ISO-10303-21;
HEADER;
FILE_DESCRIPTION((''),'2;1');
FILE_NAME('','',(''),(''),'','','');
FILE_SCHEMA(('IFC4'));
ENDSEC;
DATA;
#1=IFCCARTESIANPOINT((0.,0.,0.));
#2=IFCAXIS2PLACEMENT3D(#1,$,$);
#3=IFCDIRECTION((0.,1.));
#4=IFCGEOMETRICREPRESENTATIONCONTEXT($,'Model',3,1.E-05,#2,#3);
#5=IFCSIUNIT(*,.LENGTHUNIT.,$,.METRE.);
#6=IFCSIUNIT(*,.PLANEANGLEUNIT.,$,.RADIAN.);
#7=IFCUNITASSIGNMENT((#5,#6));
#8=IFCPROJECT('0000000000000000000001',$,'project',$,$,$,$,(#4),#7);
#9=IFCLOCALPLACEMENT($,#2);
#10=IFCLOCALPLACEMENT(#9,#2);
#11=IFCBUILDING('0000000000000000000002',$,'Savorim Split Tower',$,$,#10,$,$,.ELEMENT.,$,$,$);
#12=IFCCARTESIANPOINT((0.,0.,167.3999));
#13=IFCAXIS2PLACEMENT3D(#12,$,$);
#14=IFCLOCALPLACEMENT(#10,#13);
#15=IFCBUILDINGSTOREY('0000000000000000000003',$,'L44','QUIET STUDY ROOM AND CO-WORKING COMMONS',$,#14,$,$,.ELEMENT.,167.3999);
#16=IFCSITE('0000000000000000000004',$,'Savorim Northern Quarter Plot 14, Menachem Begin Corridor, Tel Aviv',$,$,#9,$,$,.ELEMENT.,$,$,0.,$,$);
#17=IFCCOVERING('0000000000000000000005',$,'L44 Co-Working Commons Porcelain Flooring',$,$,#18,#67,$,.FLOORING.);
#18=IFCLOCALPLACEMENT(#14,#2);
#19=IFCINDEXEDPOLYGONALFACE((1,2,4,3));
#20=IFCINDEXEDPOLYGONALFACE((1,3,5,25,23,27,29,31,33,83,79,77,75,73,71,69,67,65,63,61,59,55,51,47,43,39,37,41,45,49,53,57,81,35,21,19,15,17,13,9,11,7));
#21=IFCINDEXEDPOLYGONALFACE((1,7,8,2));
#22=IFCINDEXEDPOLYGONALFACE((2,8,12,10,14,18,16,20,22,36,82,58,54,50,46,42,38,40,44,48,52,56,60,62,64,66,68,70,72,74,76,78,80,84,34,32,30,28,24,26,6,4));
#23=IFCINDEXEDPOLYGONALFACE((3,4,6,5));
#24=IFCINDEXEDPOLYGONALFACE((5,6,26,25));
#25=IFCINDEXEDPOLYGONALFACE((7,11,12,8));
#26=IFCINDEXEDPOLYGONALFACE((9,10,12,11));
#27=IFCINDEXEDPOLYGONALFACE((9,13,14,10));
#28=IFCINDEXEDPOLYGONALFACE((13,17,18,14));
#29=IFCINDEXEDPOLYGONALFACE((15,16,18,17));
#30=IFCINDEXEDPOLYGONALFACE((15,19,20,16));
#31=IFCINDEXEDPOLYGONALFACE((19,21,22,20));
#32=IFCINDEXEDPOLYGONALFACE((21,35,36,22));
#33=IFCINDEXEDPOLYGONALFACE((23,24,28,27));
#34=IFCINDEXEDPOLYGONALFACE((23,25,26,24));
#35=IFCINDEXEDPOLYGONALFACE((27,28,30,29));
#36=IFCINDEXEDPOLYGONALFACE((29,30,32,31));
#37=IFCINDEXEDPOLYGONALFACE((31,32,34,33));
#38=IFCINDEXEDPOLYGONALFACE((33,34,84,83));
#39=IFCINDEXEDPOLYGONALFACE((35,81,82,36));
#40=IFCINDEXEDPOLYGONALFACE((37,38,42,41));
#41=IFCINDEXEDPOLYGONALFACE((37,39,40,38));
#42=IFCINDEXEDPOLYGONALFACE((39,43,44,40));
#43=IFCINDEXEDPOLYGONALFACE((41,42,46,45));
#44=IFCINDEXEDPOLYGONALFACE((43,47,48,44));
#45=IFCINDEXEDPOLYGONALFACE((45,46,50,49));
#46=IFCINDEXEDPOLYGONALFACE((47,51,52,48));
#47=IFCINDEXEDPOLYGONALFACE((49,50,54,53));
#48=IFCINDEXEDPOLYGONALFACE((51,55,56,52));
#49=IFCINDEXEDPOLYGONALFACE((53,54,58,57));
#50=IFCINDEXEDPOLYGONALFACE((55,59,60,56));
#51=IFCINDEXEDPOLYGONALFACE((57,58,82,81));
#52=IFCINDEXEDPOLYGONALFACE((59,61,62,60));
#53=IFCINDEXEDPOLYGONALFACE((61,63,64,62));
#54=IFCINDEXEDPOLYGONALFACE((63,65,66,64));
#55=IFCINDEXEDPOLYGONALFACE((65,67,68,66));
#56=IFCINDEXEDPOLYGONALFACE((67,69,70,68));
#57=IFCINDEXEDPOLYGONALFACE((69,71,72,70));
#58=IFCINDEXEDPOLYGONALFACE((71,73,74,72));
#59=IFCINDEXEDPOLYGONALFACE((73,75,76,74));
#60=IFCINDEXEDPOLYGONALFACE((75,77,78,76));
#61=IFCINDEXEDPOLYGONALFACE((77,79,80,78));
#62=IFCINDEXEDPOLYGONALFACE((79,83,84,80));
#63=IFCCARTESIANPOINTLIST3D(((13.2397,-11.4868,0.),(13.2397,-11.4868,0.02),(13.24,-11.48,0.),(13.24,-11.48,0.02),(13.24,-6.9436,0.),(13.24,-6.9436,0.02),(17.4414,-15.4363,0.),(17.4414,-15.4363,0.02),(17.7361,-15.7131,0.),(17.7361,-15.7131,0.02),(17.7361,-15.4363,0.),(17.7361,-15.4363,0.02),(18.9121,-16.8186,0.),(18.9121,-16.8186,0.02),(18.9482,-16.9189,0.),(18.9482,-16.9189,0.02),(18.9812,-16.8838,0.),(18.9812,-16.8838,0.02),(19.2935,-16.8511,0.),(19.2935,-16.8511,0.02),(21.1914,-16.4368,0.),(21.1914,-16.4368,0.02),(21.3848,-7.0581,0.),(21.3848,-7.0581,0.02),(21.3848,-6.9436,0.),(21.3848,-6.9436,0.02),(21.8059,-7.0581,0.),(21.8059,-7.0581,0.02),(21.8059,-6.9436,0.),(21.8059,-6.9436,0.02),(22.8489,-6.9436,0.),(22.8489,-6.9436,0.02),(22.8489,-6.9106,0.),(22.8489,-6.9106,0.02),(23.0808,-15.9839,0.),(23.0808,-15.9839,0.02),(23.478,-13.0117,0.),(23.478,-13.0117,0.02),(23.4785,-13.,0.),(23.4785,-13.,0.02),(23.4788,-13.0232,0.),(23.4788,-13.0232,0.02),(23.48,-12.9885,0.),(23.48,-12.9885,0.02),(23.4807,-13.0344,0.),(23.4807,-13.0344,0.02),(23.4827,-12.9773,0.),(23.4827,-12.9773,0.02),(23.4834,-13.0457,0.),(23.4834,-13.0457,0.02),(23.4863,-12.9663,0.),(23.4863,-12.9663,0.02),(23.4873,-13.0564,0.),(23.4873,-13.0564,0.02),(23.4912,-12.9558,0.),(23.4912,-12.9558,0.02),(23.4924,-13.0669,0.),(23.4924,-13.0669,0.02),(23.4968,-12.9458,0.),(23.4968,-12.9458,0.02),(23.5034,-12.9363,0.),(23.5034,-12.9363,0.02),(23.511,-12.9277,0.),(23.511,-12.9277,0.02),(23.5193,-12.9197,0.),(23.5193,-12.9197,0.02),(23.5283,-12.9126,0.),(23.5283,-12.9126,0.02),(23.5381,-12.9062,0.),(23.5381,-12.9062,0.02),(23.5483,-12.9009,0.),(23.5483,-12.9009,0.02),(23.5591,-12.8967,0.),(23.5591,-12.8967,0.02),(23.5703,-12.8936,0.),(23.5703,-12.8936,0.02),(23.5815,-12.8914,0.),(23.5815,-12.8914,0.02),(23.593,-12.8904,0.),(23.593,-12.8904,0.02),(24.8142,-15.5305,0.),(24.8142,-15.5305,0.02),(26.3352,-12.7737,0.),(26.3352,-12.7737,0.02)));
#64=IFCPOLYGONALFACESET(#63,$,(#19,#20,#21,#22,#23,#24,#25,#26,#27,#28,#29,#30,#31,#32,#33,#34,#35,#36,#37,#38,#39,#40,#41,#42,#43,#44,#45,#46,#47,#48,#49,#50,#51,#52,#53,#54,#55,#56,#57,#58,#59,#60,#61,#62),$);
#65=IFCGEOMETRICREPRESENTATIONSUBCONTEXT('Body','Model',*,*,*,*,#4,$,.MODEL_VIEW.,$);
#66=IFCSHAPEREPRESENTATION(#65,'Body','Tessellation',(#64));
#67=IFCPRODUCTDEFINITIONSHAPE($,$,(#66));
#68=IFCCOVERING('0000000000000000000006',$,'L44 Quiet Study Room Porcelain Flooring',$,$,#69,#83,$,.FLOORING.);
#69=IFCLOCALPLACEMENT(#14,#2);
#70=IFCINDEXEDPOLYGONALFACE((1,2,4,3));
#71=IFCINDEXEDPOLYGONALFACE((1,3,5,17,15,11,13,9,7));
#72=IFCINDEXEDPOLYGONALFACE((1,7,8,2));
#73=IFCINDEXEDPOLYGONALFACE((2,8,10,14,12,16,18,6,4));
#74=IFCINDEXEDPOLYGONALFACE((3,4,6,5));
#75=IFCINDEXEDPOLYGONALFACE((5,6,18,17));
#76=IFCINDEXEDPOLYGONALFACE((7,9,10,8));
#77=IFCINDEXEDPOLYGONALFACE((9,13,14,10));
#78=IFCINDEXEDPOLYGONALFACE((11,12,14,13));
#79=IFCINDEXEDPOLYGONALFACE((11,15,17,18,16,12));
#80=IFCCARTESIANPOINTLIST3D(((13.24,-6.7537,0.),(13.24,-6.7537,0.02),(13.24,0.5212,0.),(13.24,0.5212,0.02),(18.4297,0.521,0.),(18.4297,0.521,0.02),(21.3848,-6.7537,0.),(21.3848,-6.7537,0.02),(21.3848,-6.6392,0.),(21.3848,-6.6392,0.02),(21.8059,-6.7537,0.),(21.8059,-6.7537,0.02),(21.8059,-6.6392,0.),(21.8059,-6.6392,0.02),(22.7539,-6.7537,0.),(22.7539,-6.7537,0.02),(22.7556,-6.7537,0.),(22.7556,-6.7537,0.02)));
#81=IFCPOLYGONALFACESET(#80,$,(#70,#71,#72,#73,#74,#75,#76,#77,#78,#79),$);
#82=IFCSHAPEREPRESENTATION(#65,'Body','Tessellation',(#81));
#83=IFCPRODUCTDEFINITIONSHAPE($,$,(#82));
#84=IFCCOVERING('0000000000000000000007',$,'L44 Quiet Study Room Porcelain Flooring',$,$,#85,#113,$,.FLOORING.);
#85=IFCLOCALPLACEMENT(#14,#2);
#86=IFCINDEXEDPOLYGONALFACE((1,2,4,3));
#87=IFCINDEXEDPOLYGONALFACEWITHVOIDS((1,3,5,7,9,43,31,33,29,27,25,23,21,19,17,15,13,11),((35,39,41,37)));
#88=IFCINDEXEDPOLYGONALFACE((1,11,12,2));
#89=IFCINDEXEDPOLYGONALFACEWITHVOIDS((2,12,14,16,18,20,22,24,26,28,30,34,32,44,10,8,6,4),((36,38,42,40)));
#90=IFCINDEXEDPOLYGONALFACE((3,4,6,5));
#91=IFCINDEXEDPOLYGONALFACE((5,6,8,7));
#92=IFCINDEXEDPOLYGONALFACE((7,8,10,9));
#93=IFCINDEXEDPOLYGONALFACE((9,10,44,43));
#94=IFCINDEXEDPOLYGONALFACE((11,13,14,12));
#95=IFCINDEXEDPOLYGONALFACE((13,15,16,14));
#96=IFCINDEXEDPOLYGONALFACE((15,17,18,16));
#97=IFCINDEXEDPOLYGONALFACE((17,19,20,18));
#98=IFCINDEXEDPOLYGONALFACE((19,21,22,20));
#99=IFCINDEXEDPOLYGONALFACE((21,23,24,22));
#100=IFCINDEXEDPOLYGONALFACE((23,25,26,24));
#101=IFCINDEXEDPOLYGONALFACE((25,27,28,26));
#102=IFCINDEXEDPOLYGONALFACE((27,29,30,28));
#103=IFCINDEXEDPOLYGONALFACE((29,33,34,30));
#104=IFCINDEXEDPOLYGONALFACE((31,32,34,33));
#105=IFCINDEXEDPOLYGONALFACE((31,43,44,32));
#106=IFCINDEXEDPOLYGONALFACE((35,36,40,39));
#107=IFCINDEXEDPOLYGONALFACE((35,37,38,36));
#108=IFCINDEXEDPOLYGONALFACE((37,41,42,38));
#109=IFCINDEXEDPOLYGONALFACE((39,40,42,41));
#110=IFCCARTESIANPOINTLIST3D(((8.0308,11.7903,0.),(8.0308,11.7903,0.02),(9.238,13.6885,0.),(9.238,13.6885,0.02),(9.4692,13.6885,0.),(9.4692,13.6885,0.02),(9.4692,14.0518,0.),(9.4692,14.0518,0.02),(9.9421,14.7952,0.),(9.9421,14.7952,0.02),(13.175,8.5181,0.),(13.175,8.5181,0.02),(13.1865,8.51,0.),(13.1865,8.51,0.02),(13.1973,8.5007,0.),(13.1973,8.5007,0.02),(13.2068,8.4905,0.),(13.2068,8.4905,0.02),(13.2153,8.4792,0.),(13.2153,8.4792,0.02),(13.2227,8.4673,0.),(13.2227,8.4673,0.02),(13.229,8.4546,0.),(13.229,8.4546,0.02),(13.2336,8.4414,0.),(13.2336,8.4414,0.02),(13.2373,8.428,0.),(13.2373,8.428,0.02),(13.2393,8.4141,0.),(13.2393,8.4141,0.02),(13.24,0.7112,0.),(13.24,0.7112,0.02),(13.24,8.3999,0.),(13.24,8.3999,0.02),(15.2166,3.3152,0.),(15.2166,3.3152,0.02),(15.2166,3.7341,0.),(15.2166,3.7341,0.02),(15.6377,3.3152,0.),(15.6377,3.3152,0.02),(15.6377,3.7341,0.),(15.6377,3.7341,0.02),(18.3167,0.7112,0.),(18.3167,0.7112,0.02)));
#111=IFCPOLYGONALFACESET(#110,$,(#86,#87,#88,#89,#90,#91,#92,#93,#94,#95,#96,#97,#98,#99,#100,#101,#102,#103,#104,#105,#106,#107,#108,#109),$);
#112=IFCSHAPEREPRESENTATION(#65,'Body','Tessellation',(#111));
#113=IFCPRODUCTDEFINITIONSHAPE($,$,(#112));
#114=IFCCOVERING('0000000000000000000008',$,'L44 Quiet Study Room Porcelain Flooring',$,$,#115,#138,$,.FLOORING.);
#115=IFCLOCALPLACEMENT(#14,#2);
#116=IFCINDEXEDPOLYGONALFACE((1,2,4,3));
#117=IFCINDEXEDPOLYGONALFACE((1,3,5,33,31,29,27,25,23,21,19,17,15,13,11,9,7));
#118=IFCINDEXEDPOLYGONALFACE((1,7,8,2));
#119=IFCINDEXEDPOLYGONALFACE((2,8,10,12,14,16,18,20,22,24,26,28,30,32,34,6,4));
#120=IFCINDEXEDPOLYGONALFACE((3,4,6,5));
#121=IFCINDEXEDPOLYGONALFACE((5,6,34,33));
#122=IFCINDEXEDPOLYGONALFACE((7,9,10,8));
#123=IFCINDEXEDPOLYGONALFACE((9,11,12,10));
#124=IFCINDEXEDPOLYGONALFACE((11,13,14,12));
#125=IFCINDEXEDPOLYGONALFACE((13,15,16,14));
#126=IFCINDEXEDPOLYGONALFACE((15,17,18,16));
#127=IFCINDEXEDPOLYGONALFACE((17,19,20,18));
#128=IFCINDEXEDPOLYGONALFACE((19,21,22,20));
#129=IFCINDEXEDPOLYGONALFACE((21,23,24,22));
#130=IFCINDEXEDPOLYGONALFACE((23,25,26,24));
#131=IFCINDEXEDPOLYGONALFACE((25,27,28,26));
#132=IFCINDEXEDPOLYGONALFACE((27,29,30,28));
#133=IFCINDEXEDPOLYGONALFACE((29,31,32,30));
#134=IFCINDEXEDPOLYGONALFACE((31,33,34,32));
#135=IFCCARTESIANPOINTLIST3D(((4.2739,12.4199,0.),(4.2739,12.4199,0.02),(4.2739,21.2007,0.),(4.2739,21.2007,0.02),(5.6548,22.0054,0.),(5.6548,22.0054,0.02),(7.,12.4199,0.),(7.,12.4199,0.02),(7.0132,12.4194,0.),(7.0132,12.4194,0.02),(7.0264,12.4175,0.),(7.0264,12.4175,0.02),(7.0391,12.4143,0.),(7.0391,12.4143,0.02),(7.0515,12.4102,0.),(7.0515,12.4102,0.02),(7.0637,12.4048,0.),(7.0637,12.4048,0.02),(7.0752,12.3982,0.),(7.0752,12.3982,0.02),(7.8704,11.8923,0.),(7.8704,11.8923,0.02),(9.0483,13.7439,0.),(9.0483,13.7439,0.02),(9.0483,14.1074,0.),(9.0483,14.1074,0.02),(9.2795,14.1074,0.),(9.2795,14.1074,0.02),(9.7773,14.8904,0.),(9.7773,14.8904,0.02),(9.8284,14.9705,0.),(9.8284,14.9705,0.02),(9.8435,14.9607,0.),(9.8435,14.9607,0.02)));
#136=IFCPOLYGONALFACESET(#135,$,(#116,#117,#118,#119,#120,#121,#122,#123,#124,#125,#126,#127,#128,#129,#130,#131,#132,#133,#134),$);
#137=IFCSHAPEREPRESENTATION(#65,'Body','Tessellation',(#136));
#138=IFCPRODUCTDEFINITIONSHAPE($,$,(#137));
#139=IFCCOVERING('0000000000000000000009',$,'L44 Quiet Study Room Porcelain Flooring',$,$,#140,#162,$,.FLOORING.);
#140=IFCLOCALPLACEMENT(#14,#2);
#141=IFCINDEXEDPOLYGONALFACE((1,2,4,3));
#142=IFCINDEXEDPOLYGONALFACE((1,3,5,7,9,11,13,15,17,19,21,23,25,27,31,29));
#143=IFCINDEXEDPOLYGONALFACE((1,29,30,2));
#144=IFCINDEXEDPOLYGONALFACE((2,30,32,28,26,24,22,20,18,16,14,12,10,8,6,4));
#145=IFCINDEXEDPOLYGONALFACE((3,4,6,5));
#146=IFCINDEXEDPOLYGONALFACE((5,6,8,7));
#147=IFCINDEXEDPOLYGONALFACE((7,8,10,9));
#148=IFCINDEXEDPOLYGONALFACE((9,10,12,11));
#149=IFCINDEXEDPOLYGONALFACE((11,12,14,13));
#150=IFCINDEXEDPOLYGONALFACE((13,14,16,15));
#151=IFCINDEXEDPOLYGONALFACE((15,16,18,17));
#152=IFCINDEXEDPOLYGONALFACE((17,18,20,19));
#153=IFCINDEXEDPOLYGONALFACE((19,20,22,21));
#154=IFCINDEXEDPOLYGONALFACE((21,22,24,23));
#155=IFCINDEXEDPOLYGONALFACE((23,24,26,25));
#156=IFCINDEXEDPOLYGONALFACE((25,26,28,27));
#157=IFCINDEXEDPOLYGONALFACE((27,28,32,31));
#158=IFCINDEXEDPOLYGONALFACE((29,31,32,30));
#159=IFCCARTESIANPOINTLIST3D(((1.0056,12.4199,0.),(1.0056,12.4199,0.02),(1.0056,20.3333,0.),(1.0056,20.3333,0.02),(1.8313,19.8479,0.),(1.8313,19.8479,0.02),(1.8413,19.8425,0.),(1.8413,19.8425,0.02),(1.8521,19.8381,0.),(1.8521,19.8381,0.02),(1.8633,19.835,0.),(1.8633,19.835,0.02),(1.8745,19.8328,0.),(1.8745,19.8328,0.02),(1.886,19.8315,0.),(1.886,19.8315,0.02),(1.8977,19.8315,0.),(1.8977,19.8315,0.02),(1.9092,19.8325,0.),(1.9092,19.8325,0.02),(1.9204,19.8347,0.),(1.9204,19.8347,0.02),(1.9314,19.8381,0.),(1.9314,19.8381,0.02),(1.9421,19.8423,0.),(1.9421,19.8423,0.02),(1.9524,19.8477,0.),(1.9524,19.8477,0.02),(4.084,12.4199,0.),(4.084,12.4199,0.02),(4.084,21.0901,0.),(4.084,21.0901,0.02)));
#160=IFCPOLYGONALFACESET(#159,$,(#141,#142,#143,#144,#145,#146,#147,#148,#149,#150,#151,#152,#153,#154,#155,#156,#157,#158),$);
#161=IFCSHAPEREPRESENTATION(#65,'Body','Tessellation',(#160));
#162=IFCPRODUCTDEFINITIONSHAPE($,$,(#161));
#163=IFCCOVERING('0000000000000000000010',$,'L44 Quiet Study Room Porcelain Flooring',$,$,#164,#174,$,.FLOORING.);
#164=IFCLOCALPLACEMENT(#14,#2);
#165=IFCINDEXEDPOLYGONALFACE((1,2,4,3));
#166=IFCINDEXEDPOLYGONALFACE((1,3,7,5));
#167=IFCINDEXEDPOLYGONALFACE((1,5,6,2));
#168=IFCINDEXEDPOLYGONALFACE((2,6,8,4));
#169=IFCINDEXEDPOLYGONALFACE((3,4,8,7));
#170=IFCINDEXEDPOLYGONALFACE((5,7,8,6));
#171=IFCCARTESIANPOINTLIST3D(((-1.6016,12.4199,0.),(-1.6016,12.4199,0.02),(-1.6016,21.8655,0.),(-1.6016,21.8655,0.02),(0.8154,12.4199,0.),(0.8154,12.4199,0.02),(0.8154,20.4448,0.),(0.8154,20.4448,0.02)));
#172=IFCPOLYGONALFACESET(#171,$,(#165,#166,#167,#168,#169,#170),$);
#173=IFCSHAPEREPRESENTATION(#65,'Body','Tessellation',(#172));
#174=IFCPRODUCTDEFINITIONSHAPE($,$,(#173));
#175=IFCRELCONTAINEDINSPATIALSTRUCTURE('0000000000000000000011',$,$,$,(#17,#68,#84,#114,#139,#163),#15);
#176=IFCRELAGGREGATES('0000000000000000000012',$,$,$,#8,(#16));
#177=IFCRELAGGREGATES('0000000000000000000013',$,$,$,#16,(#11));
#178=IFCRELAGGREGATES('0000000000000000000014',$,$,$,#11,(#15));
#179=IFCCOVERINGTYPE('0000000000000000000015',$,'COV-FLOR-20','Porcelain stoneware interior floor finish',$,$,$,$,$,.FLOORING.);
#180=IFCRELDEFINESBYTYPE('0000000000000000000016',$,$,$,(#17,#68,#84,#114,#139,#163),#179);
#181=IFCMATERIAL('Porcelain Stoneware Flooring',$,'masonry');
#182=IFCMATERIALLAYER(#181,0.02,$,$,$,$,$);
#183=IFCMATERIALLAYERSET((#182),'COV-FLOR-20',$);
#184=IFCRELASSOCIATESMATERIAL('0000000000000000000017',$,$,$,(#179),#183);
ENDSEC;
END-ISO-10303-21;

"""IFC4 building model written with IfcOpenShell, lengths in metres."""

from ifc_helpers import new_model, si_unit, direction, frame, origin, place, context, subcontext, project, spatial, polyline, outline, extrude, material, layer, layer_set, type_object, element, save


model = new_model("IFC4")

# Units and contexts
model_context = context("Model", 3, precision=1e-05, world=origin(), true_north=direction((0.0, 1.0)))
body_context = subcontext(model_context, "Body", "Model", "MODEL_VIEW")
ifc_project = project(units=[si_unit("LENGTHUNIT", "METRE"), si_unit("PLANEANGLEUNIT", "RADIAN")], contexts=[model_context])

# Site, building, storey
site_placement = place(None, origin())
site = spatial("IfcSite", under=ifc_project, at=site_placement, Name="Savorim Northern Quarter Plot 14, Menachem Begin Corridor, Tel Aviv", CompositionType="ELEMENT", RefElevation=0.0)
building_placement = place(site_placement, origin())
building = spatial("IfcBuilding", under=site, at=building_placement, Name="Savorim Split Tower", CompositionType="ELEMENT")
storey_placement = place(building_placement, frame((0.0, 0.0, 167.3999)))
storey = spatial("IfcBuildingStorey", under=building, at=storey_placement, Name="L44", Description="QUIET STUDY ROOM AND CO-WORKING COMMONS", CompositionType="ELEMENT", Elevation=167.3999)

# Coverings
ifc_material_1 = material(Name="Porcelain Stoneware Flooring", Category="masonry")
ifc_layer_1 = layer(ifc_material_1, 0.02)
ifc_layer_set_1 = layer_set([ifc_layer_1], Name="COV-FLOR-20")
covering_type_1 = type_object("IfcCoveringType", Name="COV-FLOR-20", Description="Porcelain stoneware interior floor finish", PredefinedType="FLOORING", material=ifc_layer_set_1)
covering_1_placement = place(storey_placement, origin())
element("IfcCovering", 1, at=covering_1_placement, inside=storey, type_object=covering_type_1, Name="L44 Co-Working Commons Porcelain Flooring", PredefinedType="FLOORING", context=body_context, shape_type="SweptSolid", body=[
    extrude(outline(polyline([(23.5703, -12.8936), (23.5815, -12.8914), (23.593, -12.8904), (26.3352, -12.7737), (22.8489, -6.9106), (22.8489, -6.9436), (21.8059, -6.9436), (21.8059, -7.0581), (21.3848, -7.0581), (21.3848, -6.9436), (13.24, -6.9436), (13.24, -11.48), (13.2397, -11.4868), (17.4414, -15.4363), (17.7361, -15.4363), (17.7361, -15.7131), (18.9121, -16.8186), (18.9812, -16.8838), (18.9482, -16.9189), (19.2935, -16.8511), (21.1914, -16.4368), (23.0808, -15.9839), (24.8142, -15.5305), (23.4924, -13.0669), (23.4873, -13.0564), (23.4834, -13.0457), (23.4807, -13.0344), (23.4788, -13.0232), (23.478, -13.0117), (23.4785, -13.0), (23.48, -12.9885), (23.4827, -12.9773), (23.4863, -12.9663), (23.4912, -12.9558), (23.4968, -12.9458), (23.5034, -12.9363), (23.511, -12.9277), (23.5193, -12.9197), (23.5283, -12.9126), (23.5381, -12.9062), (23.5483, -12.9009), (23.5591, -12.8967), (23.5703, -12.8936)])), origin(), (0.0, 0.0, 1.0), 0.02),
])
covering_2_placement = place(storey_placement, origin())
element("IfcCovering", 2, at=covering_2_placement, inside=storey, type_object=covering_type_1, Name="L44 Quiet Study Room Porcelain Flooring", PredefinedType="FLOORING", context=body_context, shape_type="SweptSolid", body=[
    extrude(outline(polyline([(21.8059, -6.6392), (21.8059, -6.7537), (22.7539, -6.7537), (22.7556, -6.7537), (18.4297, 0.521), (13.24, 0.5212), (13.24, -6.7537), (21.3848, -6.7537), (21.3848, -6.6392), (21.8059, -6.6392)])), origin(), (0.0, 0.0, 1.0), 0.02),
])
covering_3_placement = place(storey_placement, origin())
element("IfcCovering", 3, at=covering_3_placement, inside=storey, type_object=covering_type_1, Name="L44 Quiet Study Room Porcelain Flooring", PredefinedType="FLOORING", context=body_context, shape_type="SweptSolid", body=[
    extrude(outline(polyline([(13.2373, 8.428), (13.2393, 8.4141), (13.24, 8.3999), (13.24, 0.7112), (18.3167, 0.7112), (9.9421, 14.7952), (9.4692, 14.0518), (9.4692, 13.6885), (9.238, 13.6885), (8.0308, 11.7903), (8.0308, 11.7903), (13.175, 8.5181), (13.1865, 8.51), (13.1973, 8.5007), (13.2068, 8.4905), (13.2153, 8.4792), (13.2227, 8.4673), (13.229, 8.4546), (13.2336, 8.4414), (13.2373, 8.428)]), holes=[polyline([(15.6377, 3.3152), (15.6377, 3.7341), (15.2166, 3.7341), (15.2166, 3.3152), (15.6377, 3.3152)])]), origin(), (0.0, 0.0, 1.0), 0.02),
])
covering_4_placement = place(storey_placement, origin())
element("IfcCovering", 4, at=covering_4_placement, inside=storey, type_object=covering_type_1, Name="L44 Quiet Study Room Porcelain Flooring", PredefinedType="FLOORING", context=body_context, shape_type="SweptSolid", body=[
    extrude(outline(polyline([(9.8284, 14.9705), (9.8435, 14.9607), (5.6548, 22.0054), (4.2739, 21.2007), (4.2739, 12.4199), (7.0, 12.4199), (7.0132, 12.4194), (7.0264, 12.4175), (7.0391, 12.4143), (7.0515, 12.4102), (7.0637, 12.4048), (7.0752, 12.3982), (7.8704, 11.8923), (9.0483, 13.7439), (9.0483, 14.1074), (9.2795, 14.1074), (9.7773, 14.8904), (9.8284, 14.9705)])), origin(), (0.0, 0.0, 1.0), 0.02),
])
covering_5_placement = place(storey_placement, origin())
element("IfcCovering", 5, at=covering_5_placement, inside=storey, type_object=covering_type_1, Name="L44 Quiet Study Room Porcelain Flooring", PredefinedType="FLOORING", context=body_context, shape_type="SweptSolid", body=[
    extrude(outline(polyline([(1.8521, 19.8381), (1.8413, 19.8425), (1.8313, 19.8479), (1.0056, 20.3333), (1.0056, 12.4199), (4.084, 12.4199), (4.084, 21.0901), (1.9524, 19.8477), (1.9421, 19.8423), (1.9314, 19.8381), (1.9204, 19.8347), (1.9092, 19.8325), (1.8977, 19.8315), (1.886, 19.8315), (1.8745, 19.8328), (1.8633, 19.835), (1.8521, 19.8381)])), origin(), (0.0, 0.0, 1.0), 0.02),
])
covering_6_placement = place(storey_placement, origin())
element("IfcCovering", 6, at=covering_6_placement, inside=storey, type_object=covering_type_1, Name="L44 Quiet Study Room Porcelain Flooring", PredefinedType="FLOORING", context=body_context, shape_type="SweptSolid", body=[
    extrude(outline(polyline([(-1.6016, 12.4199), (0.8154, 12.4199), (0.8154, 20.4448), (-1.6016, 21.8655), (-1.6016, 12.4199)])), origin(), (0.0, 0.0, 1.0), 0.02),
])

save(model, "model.ifc")
